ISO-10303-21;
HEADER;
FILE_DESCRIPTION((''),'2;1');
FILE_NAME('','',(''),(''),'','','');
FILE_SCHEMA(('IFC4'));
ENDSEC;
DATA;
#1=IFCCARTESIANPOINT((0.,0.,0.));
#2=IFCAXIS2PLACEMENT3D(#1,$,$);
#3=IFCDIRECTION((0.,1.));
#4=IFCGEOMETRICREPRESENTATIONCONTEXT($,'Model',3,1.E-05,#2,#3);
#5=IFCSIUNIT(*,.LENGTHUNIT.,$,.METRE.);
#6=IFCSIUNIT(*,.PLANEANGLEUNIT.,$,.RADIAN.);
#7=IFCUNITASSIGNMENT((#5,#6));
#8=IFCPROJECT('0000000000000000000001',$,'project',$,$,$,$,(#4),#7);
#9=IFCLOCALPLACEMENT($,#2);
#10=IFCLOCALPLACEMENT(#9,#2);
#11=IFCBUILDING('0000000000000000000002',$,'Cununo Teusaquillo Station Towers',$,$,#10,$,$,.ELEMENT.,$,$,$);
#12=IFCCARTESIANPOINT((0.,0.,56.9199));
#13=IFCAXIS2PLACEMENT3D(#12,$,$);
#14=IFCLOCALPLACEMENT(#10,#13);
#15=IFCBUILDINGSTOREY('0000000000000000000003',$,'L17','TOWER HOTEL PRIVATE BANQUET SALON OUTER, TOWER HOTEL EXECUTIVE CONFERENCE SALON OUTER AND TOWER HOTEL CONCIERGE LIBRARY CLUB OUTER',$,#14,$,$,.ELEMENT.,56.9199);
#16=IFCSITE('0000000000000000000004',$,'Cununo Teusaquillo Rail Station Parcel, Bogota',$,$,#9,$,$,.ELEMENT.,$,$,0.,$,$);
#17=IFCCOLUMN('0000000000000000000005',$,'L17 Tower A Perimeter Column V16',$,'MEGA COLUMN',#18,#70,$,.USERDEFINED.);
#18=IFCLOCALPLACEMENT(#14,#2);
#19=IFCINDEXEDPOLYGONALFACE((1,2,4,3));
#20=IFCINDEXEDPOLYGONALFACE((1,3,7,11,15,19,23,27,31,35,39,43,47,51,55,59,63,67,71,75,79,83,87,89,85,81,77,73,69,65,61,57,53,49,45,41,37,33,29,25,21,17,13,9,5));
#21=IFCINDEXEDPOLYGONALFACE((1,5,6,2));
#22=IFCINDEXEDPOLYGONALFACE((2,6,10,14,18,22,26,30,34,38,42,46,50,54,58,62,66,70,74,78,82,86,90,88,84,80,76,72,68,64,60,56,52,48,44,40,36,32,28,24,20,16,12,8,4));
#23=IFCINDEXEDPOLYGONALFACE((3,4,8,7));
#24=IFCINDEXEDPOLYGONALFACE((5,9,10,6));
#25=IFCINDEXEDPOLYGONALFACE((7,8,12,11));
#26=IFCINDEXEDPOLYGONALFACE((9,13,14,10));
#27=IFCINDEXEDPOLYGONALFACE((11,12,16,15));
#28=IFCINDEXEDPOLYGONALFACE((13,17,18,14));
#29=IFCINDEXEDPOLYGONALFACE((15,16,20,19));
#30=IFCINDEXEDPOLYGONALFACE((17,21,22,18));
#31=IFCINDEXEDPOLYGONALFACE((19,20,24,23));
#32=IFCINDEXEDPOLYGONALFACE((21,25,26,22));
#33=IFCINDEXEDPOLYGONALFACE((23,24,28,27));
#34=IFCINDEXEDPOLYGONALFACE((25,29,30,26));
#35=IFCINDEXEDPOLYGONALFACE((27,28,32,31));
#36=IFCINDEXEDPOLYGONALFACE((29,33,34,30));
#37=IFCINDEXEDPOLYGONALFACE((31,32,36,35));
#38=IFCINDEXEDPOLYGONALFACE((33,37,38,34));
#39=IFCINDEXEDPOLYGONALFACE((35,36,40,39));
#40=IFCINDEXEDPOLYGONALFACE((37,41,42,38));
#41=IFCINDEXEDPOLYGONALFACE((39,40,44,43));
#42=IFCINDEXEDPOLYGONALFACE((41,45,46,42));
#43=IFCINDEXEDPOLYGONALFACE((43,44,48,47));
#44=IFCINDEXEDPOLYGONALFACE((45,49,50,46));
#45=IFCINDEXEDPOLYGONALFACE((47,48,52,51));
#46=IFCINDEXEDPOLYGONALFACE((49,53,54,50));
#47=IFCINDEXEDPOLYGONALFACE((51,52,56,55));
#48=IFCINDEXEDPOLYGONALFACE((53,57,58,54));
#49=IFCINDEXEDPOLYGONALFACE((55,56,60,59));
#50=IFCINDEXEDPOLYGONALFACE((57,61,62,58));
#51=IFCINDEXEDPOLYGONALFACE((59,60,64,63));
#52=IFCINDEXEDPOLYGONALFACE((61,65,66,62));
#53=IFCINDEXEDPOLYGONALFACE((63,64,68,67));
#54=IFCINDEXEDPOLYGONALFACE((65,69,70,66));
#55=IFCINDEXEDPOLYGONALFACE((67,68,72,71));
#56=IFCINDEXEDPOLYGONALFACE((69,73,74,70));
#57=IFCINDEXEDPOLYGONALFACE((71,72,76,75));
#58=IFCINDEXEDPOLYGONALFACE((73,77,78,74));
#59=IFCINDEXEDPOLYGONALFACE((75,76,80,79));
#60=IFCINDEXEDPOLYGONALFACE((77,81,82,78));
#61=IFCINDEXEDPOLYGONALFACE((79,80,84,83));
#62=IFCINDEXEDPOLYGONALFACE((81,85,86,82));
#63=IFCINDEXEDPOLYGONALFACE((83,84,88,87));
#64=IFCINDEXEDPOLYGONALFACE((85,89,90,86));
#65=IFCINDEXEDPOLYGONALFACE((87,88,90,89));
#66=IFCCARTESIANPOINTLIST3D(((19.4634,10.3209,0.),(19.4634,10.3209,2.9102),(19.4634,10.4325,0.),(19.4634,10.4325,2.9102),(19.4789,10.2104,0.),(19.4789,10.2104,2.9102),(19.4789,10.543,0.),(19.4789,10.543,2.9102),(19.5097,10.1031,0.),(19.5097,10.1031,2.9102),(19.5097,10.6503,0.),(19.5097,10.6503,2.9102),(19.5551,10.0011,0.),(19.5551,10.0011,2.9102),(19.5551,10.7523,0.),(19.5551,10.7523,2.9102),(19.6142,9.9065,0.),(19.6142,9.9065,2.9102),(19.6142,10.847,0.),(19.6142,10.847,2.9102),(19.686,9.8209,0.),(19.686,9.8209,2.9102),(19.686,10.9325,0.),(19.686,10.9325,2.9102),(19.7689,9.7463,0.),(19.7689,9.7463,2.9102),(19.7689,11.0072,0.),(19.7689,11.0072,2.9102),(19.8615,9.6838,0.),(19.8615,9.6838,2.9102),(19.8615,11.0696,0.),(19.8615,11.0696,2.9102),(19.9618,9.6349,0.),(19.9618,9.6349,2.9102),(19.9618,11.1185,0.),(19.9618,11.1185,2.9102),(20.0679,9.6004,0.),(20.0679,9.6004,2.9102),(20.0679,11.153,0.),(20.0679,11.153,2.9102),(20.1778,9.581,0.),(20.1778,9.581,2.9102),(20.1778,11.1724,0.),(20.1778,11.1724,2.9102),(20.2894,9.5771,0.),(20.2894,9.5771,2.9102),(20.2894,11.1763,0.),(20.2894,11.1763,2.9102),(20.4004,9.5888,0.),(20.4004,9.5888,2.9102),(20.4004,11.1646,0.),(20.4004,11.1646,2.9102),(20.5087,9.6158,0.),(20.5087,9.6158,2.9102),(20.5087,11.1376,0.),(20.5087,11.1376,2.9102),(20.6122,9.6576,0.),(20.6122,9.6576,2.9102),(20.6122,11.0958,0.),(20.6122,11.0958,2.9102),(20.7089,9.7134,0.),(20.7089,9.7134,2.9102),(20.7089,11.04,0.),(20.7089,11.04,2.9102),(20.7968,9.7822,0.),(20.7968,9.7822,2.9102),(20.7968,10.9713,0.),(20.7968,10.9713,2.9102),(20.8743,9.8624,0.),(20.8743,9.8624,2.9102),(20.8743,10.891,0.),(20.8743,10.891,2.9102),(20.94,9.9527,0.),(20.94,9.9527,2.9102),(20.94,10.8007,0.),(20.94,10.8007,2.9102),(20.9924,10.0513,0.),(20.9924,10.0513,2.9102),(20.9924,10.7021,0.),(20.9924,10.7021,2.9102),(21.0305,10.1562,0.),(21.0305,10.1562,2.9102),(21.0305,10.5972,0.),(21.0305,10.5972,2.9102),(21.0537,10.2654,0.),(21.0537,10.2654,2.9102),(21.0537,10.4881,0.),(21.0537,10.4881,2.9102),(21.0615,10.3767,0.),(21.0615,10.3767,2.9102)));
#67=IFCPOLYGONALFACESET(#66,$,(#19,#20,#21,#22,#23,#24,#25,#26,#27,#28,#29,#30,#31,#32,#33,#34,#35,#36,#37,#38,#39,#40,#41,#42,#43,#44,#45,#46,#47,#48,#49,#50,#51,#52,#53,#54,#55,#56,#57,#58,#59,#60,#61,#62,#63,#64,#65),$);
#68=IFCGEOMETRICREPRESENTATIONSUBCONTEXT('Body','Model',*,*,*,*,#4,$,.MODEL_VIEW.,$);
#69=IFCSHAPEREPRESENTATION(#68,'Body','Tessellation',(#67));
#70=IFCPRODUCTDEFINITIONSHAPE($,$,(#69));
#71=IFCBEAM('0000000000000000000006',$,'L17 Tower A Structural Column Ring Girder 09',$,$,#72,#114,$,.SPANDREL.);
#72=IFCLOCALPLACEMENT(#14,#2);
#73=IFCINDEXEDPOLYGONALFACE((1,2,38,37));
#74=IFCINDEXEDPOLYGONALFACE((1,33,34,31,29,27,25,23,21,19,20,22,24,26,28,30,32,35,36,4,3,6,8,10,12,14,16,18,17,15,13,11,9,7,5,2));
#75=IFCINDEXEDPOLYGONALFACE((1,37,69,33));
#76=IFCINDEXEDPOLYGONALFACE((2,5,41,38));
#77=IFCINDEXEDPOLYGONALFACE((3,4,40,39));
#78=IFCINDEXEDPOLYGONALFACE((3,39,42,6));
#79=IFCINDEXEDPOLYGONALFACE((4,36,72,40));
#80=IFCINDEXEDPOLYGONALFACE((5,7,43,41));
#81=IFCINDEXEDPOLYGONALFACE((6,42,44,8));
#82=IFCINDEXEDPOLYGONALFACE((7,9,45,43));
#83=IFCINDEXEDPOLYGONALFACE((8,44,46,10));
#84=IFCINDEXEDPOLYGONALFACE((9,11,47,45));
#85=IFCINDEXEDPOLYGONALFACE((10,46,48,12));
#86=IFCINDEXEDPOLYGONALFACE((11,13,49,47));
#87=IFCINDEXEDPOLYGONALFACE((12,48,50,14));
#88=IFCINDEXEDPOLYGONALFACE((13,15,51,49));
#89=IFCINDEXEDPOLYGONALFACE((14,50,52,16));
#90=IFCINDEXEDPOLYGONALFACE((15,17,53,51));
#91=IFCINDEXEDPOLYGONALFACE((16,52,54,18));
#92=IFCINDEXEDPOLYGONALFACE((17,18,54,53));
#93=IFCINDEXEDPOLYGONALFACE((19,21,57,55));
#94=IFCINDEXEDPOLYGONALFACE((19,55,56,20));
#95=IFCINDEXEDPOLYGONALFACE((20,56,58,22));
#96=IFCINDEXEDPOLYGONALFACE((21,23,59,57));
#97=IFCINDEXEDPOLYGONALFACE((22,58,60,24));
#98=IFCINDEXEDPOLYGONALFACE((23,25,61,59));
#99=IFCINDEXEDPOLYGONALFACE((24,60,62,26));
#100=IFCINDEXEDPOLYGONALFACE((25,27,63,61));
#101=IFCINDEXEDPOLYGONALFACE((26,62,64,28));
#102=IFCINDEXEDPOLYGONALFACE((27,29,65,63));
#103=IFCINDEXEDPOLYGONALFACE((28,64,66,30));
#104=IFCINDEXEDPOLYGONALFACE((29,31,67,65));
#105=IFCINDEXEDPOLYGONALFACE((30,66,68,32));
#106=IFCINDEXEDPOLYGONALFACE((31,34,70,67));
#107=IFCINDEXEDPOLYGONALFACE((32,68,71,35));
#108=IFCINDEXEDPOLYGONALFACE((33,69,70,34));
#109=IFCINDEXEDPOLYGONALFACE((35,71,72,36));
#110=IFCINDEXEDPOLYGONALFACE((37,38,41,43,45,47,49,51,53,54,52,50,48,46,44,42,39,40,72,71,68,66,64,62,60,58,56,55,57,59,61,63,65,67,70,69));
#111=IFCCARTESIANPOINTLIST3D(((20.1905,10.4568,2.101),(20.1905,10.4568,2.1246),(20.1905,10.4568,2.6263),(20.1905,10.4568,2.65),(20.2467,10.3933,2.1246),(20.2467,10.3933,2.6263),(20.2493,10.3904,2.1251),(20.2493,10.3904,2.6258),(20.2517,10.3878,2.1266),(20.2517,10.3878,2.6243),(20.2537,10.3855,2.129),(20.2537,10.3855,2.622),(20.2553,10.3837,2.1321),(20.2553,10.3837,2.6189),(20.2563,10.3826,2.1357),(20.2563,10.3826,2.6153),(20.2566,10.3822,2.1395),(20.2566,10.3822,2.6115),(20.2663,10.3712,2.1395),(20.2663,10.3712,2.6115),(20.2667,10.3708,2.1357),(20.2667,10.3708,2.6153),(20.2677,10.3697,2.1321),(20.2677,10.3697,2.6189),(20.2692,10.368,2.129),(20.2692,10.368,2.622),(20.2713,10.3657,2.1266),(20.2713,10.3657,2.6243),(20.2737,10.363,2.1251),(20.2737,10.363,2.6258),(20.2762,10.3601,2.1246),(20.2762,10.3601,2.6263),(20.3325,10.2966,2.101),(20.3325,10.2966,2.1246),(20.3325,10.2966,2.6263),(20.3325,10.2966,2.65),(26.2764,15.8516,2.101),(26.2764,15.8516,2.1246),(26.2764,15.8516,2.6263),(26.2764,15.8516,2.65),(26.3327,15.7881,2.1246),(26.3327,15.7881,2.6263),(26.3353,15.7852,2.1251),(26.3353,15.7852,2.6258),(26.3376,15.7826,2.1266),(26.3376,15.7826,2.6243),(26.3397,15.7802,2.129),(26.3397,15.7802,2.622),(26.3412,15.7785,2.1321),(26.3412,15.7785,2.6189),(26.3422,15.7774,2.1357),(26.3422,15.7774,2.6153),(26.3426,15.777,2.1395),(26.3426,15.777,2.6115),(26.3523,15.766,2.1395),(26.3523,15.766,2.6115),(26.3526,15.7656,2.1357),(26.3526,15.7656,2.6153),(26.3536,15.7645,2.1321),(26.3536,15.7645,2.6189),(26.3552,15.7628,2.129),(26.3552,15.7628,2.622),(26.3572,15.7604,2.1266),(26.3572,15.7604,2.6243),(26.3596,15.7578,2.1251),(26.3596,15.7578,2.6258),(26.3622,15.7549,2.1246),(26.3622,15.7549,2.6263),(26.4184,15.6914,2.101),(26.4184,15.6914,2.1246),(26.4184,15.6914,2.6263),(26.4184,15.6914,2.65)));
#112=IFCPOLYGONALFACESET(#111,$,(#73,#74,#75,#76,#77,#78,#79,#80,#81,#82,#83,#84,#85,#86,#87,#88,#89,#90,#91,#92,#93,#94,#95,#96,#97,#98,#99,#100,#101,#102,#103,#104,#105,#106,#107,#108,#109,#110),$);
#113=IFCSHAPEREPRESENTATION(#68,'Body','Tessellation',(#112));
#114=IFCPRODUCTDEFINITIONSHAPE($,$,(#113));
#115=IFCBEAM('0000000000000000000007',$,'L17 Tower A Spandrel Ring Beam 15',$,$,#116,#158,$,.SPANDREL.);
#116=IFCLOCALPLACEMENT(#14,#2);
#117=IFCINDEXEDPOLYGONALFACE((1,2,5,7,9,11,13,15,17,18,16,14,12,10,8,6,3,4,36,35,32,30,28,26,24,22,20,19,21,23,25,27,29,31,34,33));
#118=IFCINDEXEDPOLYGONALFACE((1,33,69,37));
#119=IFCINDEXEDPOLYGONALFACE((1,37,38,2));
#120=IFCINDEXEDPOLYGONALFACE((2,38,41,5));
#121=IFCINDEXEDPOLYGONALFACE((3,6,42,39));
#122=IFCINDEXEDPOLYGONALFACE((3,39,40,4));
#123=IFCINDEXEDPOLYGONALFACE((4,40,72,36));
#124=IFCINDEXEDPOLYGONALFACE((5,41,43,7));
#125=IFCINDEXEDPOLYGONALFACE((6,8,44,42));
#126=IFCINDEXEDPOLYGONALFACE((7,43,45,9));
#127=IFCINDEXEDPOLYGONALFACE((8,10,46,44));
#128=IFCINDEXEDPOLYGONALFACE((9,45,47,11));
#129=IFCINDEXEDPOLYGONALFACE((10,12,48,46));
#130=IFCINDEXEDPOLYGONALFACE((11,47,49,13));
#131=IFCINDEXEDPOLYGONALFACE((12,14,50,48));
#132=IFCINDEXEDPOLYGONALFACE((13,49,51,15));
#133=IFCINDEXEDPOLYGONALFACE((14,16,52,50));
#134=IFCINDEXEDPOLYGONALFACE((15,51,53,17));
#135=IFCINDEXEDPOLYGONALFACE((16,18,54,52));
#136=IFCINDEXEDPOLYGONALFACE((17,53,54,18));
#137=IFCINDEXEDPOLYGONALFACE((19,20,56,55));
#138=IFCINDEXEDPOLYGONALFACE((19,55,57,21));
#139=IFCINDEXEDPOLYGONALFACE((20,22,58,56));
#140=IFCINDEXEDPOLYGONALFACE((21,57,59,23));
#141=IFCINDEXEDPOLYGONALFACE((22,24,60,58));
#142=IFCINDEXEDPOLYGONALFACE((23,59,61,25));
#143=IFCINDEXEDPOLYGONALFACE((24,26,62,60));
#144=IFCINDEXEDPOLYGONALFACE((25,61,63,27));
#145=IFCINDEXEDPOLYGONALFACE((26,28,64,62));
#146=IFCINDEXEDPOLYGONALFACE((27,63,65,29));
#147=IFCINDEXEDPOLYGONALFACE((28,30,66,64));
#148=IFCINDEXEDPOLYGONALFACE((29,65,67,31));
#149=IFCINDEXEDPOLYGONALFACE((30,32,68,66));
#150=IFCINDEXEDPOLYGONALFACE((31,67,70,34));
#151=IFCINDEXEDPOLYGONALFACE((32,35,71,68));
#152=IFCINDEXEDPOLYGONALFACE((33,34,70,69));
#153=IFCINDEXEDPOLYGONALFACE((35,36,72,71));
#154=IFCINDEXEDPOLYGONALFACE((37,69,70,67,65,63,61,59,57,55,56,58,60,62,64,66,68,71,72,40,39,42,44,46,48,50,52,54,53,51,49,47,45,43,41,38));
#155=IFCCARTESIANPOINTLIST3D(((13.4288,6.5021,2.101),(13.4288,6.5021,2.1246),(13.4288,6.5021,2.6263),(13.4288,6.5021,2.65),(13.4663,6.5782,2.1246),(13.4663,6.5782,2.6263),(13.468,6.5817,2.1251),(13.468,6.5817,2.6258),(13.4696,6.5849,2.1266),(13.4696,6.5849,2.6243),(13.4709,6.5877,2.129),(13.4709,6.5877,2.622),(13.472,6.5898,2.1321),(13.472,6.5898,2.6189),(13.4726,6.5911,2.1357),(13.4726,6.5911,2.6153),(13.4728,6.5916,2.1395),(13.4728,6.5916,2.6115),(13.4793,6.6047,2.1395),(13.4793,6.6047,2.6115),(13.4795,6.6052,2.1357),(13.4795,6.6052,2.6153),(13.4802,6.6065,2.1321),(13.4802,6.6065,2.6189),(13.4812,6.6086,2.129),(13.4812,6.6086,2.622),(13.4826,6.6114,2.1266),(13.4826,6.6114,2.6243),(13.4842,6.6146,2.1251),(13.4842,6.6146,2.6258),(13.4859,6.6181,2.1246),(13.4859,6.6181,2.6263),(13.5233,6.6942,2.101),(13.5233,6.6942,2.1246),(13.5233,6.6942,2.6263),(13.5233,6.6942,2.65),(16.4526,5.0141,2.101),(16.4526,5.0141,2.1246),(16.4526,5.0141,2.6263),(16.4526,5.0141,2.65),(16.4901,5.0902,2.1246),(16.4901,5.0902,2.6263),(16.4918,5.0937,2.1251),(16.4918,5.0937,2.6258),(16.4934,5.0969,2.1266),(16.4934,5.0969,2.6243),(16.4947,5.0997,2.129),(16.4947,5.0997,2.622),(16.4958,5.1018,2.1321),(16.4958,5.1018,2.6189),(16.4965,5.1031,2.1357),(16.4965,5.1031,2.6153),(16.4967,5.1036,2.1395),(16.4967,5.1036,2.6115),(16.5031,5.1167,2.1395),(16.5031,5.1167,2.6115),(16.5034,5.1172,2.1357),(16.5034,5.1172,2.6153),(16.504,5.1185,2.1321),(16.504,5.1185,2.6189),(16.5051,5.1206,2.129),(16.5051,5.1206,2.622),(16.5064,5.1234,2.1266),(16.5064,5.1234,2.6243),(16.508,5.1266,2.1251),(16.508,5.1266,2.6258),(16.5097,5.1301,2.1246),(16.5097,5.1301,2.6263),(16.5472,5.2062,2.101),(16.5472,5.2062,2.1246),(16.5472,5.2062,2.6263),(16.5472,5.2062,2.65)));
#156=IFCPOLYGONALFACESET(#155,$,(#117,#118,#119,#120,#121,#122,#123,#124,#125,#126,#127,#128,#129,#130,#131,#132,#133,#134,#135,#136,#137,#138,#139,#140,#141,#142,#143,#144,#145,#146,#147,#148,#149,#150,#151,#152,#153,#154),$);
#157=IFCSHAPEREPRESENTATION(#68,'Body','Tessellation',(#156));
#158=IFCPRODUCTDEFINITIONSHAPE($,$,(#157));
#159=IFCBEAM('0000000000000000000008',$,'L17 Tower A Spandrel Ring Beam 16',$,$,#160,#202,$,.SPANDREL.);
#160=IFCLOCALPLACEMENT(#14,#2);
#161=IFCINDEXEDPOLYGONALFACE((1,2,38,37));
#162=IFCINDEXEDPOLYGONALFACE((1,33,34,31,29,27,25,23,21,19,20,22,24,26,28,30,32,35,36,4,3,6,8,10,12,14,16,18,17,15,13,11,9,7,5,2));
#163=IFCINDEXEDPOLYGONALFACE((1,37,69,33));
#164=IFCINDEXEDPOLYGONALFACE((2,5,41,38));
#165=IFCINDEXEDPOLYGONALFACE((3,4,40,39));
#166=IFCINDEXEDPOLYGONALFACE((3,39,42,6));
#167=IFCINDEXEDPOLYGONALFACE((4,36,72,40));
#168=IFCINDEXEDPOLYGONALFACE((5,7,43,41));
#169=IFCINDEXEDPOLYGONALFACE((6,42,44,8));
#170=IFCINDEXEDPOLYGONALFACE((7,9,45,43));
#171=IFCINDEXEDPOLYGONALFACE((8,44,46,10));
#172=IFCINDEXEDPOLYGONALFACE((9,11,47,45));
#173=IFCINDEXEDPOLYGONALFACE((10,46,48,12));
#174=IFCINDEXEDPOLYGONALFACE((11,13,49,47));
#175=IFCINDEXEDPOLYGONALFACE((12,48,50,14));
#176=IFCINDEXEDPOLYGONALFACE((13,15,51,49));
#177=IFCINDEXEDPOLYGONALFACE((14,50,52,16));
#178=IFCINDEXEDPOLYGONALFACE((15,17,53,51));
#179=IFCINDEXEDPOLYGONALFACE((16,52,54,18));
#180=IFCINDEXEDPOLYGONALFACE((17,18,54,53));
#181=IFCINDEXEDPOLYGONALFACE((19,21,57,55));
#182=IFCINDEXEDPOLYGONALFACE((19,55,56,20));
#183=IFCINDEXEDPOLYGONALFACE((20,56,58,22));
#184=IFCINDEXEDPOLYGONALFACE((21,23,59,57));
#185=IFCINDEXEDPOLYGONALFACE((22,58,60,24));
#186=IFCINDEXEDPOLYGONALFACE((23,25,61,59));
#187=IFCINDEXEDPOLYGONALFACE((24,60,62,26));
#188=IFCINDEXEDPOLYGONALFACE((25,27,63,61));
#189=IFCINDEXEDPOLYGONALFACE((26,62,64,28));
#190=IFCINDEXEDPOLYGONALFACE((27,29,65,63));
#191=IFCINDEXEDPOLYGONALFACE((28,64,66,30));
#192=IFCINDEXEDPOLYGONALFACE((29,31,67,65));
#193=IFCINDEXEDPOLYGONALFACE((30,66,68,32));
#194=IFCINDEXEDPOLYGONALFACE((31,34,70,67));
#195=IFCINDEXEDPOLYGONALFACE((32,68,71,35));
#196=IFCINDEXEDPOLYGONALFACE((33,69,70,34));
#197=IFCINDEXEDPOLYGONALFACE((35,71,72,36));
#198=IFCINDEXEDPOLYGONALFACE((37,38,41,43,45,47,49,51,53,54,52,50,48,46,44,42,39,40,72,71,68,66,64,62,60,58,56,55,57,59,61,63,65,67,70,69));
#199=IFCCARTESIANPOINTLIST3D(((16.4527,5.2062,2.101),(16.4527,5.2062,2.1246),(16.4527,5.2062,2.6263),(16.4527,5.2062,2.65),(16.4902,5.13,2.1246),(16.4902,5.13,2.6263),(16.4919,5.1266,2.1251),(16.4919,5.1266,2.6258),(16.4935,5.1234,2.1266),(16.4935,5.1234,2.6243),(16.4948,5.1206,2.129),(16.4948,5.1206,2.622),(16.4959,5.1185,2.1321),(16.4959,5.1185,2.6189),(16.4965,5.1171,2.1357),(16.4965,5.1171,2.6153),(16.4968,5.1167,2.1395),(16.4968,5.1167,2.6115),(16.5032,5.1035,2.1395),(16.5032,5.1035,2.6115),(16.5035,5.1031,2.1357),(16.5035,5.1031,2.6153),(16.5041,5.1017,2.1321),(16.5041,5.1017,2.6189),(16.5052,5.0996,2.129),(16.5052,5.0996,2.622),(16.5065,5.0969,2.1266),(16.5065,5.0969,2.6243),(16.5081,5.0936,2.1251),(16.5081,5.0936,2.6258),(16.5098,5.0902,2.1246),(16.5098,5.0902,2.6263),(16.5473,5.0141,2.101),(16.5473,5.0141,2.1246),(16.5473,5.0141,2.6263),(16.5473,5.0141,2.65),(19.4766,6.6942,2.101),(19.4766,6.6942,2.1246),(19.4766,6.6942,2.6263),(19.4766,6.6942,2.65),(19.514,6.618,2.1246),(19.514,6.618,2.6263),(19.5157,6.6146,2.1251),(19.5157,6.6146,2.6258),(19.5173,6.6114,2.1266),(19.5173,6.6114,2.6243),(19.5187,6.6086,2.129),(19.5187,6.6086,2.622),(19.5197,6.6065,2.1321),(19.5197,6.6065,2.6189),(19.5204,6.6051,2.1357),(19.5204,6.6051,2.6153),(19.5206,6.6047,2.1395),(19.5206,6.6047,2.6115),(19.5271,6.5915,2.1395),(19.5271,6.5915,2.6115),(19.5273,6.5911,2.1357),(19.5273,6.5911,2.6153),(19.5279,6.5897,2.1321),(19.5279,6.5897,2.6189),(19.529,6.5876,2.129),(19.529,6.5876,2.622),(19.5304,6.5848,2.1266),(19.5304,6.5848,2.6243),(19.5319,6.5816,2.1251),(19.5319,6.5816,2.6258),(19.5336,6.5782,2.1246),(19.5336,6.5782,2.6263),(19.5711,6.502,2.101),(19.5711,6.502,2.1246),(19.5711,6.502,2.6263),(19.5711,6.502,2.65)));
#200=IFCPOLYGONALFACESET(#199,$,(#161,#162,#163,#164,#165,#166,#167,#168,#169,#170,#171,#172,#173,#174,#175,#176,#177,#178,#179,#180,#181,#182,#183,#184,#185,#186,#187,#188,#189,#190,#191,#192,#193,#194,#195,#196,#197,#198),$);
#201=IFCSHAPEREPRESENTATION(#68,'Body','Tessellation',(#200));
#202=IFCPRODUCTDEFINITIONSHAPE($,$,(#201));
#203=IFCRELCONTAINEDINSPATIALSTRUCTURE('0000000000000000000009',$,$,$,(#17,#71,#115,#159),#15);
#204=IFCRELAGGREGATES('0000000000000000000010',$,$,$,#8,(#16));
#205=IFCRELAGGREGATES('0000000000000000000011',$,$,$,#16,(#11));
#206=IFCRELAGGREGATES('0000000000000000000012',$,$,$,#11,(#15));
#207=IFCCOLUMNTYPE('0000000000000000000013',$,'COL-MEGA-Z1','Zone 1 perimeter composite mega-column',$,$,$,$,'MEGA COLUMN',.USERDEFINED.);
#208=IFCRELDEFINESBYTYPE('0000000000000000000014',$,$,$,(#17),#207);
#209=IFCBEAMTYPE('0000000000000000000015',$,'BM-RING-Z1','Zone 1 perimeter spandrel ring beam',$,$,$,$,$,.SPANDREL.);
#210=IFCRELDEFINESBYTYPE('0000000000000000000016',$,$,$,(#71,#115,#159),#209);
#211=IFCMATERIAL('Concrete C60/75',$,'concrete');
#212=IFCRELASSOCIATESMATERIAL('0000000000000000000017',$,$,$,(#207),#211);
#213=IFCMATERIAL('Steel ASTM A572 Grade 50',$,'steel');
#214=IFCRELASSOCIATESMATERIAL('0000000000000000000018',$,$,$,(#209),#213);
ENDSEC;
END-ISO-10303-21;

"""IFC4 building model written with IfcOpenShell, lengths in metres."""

from ifc_helpers import new_model, si_unit, direction, frame, origin, origin_2d, place, context, subcontext, project, spatial, circle, i_section, extrude, material, material_profile, profile_set, type_object, element, save


model = new_model("IFC4")

# Units and contexts
model_context = context("Model", 3, precision=1e-05, world=origin(), true_north=direction((0.0, 1.0)))
body_context = subcontext(model_context, "Body", "Model", "MODEL_VIEW")
ifc_project = project(units=[si_unit("LENGTHUNIT", "METRE"), si_unit("PLANEANGLEUNIT", "RADIAN")], contexts=[model_context])

# Site, building, storey
site_placement = place(None, origin())
site = spatial("IfcSite", under=ifc_project, at=site_placement, Name="Cununo Teusaquillo Rail Station Parcel, Bogota", CompositionType="ELEMENT", RefElevation=0.0)
building_placement = place(site_placement, origin())
building = spatial("IfcBuilding", under=site, at=building_placement, Name="Cununo Teusaquillo Station Towers", CompositionType="ELEMENT")
storey_placement = place(building_placement, frame((0.0, 0.0, 56.9199)))
storey = spatial("IfcBuildingStorey", under=building, at=storey_placement, Name="L17", Description="TOWER HOTEL PRIVATE BANQUET SALON OUTER, TOWER HOTEL EXECUTIVE CONFERENCE SALON OUTER AND TOWER HOTEL CONCIERGE LIBRARY CLUB OUTER", CompositionType="ELEMENT", Elevation=56.9199)

# Column
ifc_material_1 = material(Name="Concrete C60/75", Category="concrete")
ifc_material_profile_1 = material_profile(ifc_material_1, circle(Radius=0.8, at=origin_2d()), Name="RC-CIRC-1600")
ifc_profile_set_1 = profile_set([ifc_material_profile_1], Name="Concrete C60/75")
column_type = type_object("IfcColumnType", Name="COL-MEGA-Z1", Description="Zone 1 perimeter composite mega-column", ElementType="MEGA COLUMN", PredefinedType="USERDEFINED", material=ifc_profile_set_1)
column_placement = place(storey_placement, frame((20.2615, 10.3767, 0.0), z_axis=(0.0, 0.0, 1.0), x_axis=(1.0, 0.0, 0.0)))
element("IfcColumn", 1, at=column_placement, inside=storey, type_object=column_type, Name="L17 Tower A Perimeter Column V16", ObjectType="MEGA COLUMN", PredefinedType="USERDEFINED", context=body_context, shape_type="SweptSolid", body=[
    extrude(circle(Radius=0.8, at=origin_2d()), origin(), (0.0, 0.0, 1.0), 2.9102),
])

# Beams
ifc_material_2 = material(Name="Steel ASTM A572 Grade 50", Category="steel")
ifc_material_profile_2 = material_profile(ifc_material_2, i_section(OverallWidth=0.2141, OverallDepth=0.5491, WebThickness=0.0146, FlangeThickness=0.0237, FilletRadius=0.0149, at=origin_2d()), Name="W21X93")
ifc_profile_set_2 = profile_set([ifc_material_profile_2], Name="Steel ASTM A572 Grade 50")
beam_type = type_object("IfcBeamType", Name="BM-RING-Z1", Description="Zone 1 perimeter spandrel ring beam", PredefinedType="SPANDREL", material=ifc_profile_set_2)
beam_1_placement = place(storey_placement, frame((20.2615, 10.3767, 2.3755), z_axis=(0.748321, 0.663337, 0.0), x_axis=(-0.663337, 0.748321, 0.0)))
element("IfcBeam", 2, at=beam_1_placement, inside=storey, type_object=beam_type, Name="L17 Tower A Structural Column Ring Girder 09", PredefinedType="SPANDREL", context=body_context, shape_type="SweptSolid", body=[
    extrude(i_section(OverallWidth=0.2141, OverallDepth=0.5491, WebThickness=0.0146, FlangeThickness=0.0237, FilletRadius=0.0149, at=origin_2d()), origin(), (0.0, 0.0, 1.0), 8.1328),
])
for number, where, z_axis, x_axis, name in (
    (3, (13.4761, 6.5981, 2.3755), (0.897249, -0.441525, 0.0), (0.441525, 0.897249, 0.0), "L17 Tower A Spandrel Ring Beam 15"),
    (4, (16.5, 5.1101, 2.3755), (0.897249, 0.441525, 0.0), (-0.441525, 0.897249, 0.0), "L17 Tower A Spandrel Ring Beam 16"),
):
    element("IfcBeam", number, at=place(storey_placement, frame(where, z_axis=z_axis, x_axis=x_axis)), inside=storey, type_object=beam_type, Name=name, PredefinedType="SPANDREL", context=body_context, shape_type="SweptSolid", body=[
        extrude(i_section(OverallWidth=0.2141, OverallDepth=0.5491, WebThickness=0.0146, FlangeThickness=0.0237, FilletRadius=0.0149, at=origin_2d()), origin(), (0.0, 0.0, 1.0), 3.3701),
    ])

save(model, "model.ifc")
